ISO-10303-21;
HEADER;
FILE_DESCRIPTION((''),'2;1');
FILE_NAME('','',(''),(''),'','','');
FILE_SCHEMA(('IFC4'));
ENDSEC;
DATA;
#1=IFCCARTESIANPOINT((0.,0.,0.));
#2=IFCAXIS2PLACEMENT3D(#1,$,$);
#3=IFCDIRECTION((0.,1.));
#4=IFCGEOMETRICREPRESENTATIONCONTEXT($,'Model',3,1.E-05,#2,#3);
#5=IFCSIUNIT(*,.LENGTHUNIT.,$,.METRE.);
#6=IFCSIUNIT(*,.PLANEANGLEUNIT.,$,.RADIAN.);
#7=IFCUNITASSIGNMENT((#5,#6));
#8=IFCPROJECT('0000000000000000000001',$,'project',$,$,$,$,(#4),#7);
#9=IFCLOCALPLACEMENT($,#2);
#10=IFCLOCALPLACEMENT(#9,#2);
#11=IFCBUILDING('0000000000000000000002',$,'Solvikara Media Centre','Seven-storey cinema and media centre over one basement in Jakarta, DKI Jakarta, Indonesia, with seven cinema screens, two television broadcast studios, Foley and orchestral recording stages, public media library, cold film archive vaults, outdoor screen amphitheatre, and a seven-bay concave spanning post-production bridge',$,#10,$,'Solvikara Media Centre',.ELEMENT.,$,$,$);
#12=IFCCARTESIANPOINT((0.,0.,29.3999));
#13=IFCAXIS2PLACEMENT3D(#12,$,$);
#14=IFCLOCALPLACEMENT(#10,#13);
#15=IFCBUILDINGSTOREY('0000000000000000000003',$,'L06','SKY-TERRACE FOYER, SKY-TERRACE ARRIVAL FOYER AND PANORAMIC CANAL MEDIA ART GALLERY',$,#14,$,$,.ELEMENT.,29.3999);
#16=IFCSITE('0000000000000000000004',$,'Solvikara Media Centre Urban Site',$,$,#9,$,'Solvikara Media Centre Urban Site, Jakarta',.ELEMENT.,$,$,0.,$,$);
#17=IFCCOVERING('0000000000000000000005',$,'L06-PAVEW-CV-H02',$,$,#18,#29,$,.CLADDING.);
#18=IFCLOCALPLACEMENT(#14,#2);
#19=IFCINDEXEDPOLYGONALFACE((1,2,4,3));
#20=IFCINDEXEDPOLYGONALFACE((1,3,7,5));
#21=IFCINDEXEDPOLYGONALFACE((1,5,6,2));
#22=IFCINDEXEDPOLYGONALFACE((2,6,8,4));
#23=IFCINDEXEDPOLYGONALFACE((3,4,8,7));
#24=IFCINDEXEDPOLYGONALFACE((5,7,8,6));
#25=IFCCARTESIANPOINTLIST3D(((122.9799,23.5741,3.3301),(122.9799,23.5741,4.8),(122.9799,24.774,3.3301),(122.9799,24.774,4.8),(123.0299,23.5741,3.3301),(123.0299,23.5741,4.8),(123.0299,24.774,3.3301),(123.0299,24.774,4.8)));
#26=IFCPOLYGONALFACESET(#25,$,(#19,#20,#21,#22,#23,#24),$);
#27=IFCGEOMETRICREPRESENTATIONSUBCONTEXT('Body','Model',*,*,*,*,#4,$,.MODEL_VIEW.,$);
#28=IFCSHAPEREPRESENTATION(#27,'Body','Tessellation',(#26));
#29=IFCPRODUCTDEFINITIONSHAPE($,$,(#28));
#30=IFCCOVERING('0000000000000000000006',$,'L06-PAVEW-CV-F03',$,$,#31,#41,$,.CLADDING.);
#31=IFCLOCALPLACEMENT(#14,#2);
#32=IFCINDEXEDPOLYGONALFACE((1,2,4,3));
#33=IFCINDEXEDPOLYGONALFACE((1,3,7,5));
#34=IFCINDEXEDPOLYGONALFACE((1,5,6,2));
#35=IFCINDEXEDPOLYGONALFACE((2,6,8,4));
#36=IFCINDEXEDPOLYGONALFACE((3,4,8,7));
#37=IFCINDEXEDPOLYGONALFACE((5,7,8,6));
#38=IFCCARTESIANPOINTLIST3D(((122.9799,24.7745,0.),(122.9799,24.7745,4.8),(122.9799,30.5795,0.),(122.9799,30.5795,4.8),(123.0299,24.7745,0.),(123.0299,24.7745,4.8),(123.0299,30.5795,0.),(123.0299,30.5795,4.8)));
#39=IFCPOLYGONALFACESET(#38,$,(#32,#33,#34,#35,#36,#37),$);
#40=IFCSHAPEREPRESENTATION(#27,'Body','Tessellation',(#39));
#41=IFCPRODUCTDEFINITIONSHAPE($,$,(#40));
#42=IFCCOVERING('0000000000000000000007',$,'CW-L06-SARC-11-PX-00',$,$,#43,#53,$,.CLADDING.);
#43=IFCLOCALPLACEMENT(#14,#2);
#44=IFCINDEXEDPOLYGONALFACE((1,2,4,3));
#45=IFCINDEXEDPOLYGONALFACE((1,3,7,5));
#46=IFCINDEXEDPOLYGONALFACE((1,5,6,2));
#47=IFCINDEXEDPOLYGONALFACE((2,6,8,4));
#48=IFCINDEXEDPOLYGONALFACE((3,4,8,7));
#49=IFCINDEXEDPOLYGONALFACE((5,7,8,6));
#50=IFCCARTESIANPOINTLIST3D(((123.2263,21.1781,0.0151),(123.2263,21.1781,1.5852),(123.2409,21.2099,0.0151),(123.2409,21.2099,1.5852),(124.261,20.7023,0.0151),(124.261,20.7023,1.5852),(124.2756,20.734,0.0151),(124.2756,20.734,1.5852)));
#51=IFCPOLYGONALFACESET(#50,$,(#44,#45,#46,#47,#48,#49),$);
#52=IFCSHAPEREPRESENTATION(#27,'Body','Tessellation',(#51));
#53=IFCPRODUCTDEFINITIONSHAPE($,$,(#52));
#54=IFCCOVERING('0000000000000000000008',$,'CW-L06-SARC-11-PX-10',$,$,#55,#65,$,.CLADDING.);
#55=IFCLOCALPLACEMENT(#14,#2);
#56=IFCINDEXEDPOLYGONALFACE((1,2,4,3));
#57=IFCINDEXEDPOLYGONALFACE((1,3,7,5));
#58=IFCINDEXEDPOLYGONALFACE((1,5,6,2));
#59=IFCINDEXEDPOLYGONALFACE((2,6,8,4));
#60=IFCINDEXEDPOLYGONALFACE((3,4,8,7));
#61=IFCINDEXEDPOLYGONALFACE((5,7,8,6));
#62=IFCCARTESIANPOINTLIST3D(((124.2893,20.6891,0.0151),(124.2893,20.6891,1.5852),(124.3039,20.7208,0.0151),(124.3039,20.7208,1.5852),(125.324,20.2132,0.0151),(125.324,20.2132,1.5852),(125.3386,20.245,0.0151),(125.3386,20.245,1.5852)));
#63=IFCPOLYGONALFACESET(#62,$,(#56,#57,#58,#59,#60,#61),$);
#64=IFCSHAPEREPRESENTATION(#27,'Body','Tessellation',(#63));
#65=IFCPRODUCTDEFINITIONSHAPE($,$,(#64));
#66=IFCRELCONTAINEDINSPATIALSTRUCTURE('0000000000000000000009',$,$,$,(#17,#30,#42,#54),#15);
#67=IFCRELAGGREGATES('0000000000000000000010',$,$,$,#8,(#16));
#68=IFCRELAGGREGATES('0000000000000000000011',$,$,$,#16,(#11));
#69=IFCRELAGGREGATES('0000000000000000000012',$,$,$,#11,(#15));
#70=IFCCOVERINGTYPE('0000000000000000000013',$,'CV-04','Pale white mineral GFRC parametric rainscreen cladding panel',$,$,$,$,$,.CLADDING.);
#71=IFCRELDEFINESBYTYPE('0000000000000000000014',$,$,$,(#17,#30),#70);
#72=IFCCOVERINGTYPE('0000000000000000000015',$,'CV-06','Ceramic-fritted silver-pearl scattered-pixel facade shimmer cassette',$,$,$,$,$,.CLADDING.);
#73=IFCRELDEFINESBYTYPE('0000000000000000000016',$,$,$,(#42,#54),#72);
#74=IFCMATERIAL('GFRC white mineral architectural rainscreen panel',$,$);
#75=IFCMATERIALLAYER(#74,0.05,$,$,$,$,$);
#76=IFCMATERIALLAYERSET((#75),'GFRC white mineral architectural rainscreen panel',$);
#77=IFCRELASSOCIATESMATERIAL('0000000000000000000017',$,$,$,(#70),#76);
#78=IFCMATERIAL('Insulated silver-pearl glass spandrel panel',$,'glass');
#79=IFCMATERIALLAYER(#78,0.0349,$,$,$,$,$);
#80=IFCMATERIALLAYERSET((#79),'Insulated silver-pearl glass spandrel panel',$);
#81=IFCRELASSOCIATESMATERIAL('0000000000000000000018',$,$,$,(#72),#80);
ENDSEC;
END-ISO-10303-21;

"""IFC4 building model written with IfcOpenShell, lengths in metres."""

from ifc_helpers import new_model, si_unit, direction, frame, origin, origin_2d, place, context, subcontext, project, spatial, rectangle, extrude, material, layer, layer_set, type_object, element, save


model = new_model("IFC4")

# Units and contexts
model_context = context("Model", 3, precision=1e-05, world=origin(), true_north=direction((0.0, 1.0)))
body_context = subcontext(model_context, "Body", "Model", "MODEL_VIEW")
ifc_project = project(units=[si_unit("LENGTHUNIT", "METRE"), si_unit("PLANEANGLEUNIT", "RADIAN")], contexts=[model_context])

# Site, building, storey
site_placement = place(None, origin())
site = spatial("IfcSite", under=ifc_project, at=site_placement, Name="Solvikara Media Centre Urban Site", LongName="Solvikara Media Centre Urban Site, Jakarta", CompositionType="ELEMENT", RefElevation=0.0)
building_placement = place(site_placement, origin())
building = spatial("IfcBuilding", under=site, at=building_placement, Name="Solvikara Media Centre", Description="Seven-storey cinema and media centre over one basement in Jakarta, DKI Jakarta, Indonesia, with seven cinema screens, two television broadcast studios, Foley and orchestral recording stages, public media library, cold film archive vaults, outdoor screen amphitheatre, and a seven-bay concave spanning post-production bridge", LongName="Solvikara Media Centre", CompositionType="ELEMENT")
storey_placement = place(building_placement, frame((0.0, 0.0, 29.3999)))
storey = spatial("IfcBuildingStorey", under=building, at=storey_placement, Name="L06", Description="SKY-TERRACE FOYER, SKY-TERRACE ARRIVAL FOYER AND PANORAMIC CANAL MEDIA ART GALLERY", CompositionType="ELEMENT", Elevation=29.3999)

# Coverings
ifc_material_1 = material(Name="GFRC white mineral architectural rainscreen panel")
ifc_layer_1 = layer(ifc_material_1, 0.05)
ifc_layer_set_1 = layer_set([ifc_layer_1], Name="GFRC white mineral architectural rainscreen panel")
covering_type_1 = type_object("IfcCoveringType", Name="CV-04", Description="Pale white mineral GFRC parametric rainscreen cladding panel", PredefinedType="CLADDING", material=ifc_layer_set_1)
covering_1_placement = place(storey_placement, frame((123.0049, 24.1741, 3.3301), z_axis=(0.0, 0.0, 1.0), x_axis=(0.0, 1.0, 0.0)))
element("IfcCovering", 1, at=covering_1_placement, inside=storey, type_object=covering_type_1, Name="L06-PAVEW-CV-H02", PredefinedType="CLADDING", context=body_context, shape_type="SweptSolid", body=[
    extrude(rectangle(XDim=1.2, YDim=0.05, at=origin_2d()), origin(), (0.0, 0.0, 1.0), 1.47),
])
covering_2_placement = place(storey_placement, frame((123.0049, 27.677, 0.0), z_axis=(0.0, 0.0, 1.0), x_axis=(0.0, 1.0, 0.0)))
element("IfcCovering", 2, at=covering_2_placement, inside=storey, type_object=covering_type_1, Name="L06-PAVEW-CV-F03", PredefinedType="CLADDING", context=body_context, shape_type="SweptSolid", body=[
    extrude(rectangle(XDim=5.8049, YDim=0.05, at=origin_2d()), origin(), (0.0, 0.0, 1.0), 4.8),
])
ifc_material_2 = material(Name="Insulated silver-pearl glass spandrel panel", Category="glass")
ifc_layer_2 = layer(ifc_material_2, 0.0349)
ifc_layer_set_2 = layer_set([ifc_layer_2], Name="Insulated silver-pearl glass spandrel panel")
covering_type_2 = type_object("IfcCoveringType", Name="CV-06", Description="Ceramic-fritted silver-pearl scattered-pixel facade shimmer cassette", PredefinedType="CLADDING", material=ifc_layer_set_2)
for number, where, z_axis, x_axis, name in (
    (3, (123.751, 20.9561, 0.0151), (0.0, 0.0, 1.0), (0.908523, -0.417835, 0.0), "CW-L06-SARC-11-PX-00"),
    (4, (124.814, 20.467, 0.0151), (0.0, 0.0, 1.0), (0.908523, -0.417835, 0.0), "CW-L06-SARC-11-PX-10"),
):
    element("IfcCovering", number, at=place(storey_placement, frame(where, z_axis=z_axis, x_axis=x_axis)), inside=storey, type_object=covering_type_2, Name=name, PredefinedType="CLADDING", context=body_context, shape_type="SweptSolid", body=[
        extrude(rectangle(XDim=1.1389, YDim=0.0349, at=origin_2d()), origin(), (0.0, 0.0, 1.0), 1.5701),
    ])

save(model, "model.ifc")
